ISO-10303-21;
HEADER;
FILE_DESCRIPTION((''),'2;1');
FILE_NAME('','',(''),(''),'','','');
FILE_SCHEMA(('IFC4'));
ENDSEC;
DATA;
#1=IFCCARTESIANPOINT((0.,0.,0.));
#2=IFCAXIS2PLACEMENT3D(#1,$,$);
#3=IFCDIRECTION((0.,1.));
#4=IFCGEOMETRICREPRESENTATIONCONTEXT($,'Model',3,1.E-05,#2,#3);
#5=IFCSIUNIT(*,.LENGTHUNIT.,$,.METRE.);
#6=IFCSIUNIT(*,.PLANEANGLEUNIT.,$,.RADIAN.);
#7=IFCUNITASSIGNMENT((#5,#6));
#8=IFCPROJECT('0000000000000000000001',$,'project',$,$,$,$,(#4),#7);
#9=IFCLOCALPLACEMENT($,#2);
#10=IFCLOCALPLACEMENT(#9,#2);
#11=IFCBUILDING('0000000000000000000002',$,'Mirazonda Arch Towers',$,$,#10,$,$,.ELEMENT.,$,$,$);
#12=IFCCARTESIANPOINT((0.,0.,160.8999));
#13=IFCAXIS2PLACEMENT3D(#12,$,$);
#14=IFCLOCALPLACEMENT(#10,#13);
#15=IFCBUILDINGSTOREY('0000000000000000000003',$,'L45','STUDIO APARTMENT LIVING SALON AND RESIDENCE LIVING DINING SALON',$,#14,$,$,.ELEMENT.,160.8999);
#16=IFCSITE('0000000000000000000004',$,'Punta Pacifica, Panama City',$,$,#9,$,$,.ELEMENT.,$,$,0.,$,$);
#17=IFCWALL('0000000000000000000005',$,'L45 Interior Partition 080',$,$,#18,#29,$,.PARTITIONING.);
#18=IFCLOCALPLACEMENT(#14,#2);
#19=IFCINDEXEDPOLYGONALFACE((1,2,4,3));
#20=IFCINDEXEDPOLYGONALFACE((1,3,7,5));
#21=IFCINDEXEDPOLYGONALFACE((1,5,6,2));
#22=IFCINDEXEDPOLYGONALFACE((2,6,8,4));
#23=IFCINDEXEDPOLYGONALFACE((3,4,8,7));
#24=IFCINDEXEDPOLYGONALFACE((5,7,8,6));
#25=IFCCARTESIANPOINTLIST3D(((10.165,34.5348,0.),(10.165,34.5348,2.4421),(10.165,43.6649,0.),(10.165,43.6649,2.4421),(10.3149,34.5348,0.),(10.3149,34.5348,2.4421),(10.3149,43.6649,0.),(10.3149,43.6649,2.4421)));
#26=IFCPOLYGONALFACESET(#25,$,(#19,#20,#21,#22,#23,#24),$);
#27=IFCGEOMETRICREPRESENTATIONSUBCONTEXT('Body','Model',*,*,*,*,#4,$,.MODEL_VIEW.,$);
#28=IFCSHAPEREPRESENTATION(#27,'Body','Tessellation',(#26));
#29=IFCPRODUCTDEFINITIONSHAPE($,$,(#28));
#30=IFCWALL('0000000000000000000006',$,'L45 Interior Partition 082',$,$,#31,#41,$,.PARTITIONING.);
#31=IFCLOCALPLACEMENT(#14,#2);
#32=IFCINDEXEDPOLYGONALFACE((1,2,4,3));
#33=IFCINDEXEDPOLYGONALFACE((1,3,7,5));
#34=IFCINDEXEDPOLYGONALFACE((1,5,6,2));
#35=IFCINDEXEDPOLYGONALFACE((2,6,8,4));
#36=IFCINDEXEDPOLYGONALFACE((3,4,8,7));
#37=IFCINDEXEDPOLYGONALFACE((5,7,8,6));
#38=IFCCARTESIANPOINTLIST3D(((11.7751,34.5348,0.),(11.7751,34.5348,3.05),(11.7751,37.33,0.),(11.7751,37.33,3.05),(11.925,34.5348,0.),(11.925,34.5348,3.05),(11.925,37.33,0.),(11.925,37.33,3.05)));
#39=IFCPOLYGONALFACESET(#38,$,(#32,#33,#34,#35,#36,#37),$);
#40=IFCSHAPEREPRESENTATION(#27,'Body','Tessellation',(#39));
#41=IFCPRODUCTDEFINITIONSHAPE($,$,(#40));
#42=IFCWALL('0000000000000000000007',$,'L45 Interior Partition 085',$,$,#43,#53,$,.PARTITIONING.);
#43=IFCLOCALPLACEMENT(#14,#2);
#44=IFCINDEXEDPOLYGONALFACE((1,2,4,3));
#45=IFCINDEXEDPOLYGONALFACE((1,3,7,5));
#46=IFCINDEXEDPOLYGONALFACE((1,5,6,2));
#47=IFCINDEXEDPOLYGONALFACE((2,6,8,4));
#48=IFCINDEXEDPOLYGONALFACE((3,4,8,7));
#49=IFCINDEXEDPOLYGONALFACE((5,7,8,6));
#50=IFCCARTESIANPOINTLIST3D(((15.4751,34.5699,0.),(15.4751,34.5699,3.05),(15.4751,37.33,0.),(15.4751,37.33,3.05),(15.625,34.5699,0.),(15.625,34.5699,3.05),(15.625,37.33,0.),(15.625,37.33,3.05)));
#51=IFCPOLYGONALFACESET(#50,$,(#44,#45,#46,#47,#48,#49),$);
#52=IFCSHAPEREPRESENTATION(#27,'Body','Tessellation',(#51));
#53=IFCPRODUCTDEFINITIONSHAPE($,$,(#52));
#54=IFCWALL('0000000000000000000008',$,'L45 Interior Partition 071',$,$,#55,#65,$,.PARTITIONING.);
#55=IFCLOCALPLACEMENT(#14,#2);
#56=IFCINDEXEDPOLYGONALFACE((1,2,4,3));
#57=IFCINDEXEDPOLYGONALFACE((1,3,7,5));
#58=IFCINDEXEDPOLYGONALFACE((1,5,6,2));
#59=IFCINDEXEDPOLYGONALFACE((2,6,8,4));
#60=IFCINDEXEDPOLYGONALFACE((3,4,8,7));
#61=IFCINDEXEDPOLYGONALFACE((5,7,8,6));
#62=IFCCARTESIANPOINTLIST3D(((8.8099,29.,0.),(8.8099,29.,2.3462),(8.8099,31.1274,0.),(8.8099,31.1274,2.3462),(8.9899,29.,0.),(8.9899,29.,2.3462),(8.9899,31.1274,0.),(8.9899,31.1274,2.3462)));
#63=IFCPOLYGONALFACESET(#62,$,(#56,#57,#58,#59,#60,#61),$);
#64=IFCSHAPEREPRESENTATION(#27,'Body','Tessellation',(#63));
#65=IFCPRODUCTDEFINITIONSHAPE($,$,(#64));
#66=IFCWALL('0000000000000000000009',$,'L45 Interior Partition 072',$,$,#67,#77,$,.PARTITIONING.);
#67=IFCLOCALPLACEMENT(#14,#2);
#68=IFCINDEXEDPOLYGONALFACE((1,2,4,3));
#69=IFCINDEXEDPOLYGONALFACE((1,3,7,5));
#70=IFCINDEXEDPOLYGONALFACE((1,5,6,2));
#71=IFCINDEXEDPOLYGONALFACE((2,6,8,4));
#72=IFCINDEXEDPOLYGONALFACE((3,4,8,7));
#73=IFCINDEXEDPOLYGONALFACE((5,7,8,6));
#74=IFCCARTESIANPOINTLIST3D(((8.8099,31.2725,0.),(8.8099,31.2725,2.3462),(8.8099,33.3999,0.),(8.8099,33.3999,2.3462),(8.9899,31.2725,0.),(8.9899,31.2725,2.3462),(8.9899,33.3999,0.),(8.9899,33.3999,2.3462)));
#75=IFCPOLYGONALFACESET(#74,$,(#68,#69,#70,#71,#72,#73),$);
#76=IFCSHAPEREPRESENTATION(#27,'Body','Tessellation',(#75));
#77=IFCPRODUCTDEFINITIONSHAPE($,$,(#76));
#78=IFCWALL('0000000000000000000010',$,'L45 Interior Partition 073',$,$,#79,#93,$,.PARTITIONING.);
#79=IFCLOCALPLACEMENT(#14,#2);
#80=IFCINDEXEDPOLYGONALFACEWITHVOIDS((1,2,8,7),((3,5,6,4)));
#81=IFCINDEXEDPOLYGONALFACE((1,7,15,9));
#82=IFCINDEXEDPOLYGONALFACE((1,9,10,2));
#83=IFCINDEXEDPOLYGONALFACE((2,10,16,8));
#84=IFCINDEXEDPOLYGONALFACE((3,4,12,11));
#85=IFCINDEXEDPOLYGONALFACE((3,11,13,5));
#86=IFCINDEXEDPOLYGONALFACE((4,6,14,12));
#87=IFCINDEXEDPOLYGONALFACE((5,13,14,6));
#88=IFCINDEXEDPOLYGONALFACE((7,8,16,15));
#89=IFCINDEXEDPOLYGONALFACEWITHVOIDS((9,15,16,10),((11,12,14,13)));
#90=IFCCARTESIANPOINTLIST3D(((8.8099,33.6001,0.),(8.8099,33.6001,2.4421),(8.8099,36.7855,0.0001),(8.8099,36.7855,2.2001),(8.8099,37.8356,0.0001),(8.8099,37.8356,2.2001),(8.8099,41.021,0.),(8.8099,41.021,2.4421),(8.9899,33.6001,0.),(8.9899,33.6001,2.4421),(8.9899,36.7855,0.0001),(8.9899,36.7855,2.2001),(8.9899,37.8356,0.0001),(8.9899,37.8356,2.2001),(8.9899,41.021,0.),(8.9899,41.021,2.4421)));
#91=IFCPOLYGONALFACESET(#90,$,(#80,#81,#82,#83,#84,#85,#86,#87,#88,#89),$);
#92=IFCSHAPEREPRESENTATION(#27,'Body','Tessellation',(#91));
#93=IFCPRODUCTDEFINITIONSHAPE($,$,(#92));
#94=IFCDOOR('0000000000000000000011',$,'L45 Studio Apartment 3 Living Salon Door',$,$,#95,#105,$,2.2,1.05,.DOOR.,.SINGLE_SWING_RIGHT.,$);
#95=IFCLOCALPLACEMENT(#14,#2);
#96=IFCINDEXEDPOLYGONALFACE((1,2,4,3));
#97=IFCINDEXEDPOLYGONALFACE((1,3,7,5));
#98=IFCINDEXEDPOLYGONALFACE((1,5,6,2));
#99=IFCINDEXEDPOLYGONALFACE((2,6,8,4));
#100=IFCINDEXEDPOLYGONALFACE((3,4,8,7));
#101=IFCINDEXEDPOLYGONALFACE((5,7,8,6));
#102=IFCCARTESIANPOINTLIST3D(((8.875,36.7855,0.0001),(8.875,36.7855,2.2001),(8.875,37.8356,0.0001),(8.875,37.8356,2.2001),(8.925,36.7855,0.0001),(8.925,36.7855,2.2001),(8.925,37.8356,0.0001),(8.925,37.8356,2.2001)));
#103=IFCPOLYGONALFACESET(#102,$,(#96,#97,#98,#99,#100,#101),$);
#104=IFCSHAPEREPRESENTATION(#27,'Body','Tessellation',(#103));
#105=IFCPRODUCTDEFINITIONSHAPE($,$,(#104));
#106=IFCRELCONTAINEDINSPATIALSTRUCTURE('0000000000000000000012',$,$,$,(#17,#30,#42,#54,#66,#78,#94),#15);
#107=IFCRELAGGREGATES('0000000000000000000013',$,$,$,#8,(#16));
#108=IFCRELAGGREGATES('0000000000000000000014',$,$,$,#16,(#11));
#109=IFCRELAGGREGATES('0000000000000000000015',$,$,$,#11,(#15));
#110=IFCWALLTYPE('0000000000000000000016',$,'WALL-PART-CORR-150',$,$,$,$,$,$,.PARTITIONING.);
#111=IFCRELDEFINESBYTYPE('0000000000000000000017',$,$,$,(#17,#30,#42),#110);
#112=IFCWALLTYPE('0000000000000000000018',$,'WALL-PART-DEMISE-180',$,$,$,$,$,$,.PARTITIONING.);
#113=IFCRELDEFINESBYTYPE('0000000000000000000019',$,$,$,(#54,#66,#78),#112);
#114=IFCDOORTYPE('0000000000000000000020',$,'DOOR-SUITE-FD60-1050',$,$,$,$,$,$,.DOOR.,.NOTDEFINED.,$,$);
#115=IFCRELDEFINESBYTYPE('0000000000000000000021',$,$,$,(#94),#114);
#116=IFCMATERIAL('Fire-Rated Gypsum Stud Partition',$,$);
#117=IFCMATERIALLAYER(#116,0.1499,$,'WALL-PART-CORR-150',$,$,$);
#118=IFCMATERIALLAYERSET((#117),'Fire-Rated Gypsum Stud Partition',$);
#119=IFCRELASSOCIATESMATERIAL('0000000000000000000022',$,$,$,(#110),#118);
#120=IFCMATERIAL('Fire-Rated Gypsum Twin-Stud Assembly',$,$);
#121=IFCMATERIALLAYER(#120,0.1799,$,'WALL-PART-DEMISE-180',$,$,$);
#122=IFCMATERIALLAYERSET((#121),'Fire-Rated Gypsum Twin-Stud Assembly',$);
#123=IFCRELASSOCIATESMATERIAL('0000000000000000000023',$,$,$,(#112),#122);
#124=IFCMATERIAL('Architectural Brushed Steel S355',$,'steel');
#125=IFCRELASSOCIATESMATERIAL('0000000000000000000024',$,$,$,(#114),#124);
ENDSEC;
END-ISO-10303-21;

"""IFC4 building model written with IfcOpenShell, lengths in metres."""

from ifc_helpers import new_model, si_unit, direction, frame, frame_2d, origin, place, context, subcontext, project, spatial, rectangle, extrude, material, layer, layer_set, type_object, element, fill, save


model = new_model("IFC4")

# Units and contexts
model_context = context("Model", 3, precision=1e-05, world=origin(), true_north=direction((0.0, 1.0)))
body_context = subcontext(model_context, "Body", "Model", "MODEL_VIEW")
ifc_project = project(units=[si_unit("LENGTHUNIT", "METRE"), si_unit("PLANEANGLEUNIT", "RADIAN")], contexts=[model_context])

# Site, building, storey
site_placement = place(None, origin())
site = spatial("IfcSite", under=ifc_project, at=site_placement, Name="Punta Pacifica, Panama City", CompositionType="ELEMENT", RefElevation=0.0)
building_placement = place(site_placement, origin())
building = spatial("IfcBuilding", under=site, at=building_placement, Name="Mirazonda Arch Towers", CompositionType="ELEMENT")
storey_placement = place(building_placement, frame((0.0, 0.0, 160.8999)))
storey = spatial("IfcBuildingStorey", under=building, at=storey_placement, Name="L45", Description="STUDIO APARTMENT LIVING SALON AND RESIDENCE LIVING DINING SALON", CompositionType="ELEMENT", Elevation=160.8999)

# Shared definitions
ifc_material_1 = material(Name="Architectural Brushed Steel S355", Category="steel")

# Shared definitions
ifc_material_2 = material(Name="Fire-Rated Gypsum Stud Partition")
ifc_layer_1 = layer(ifc_material_2, 0.1499, Name="WALL-PART-CORR-150")
ifc_layer_set_1 = layer_set([ifc_layer_1], Name="Fire-Rated Gypsum Stud Partition")
wall_type_1 = type_object("IfcWallType", Name="WALL-PART-CORR-150", PredefinedType="PARTITIONING", material=ifc_layer_set_1)

# Walls
wall_1_placement = place(storey_placement, frame((10.24, 34.5349, 0.0), z_axis=(0.0, 0.0, 1.0), x_axis=(0.0, 1.0, 0.0)))
element("IfcWall", 1, at=wall_1_placement, inside=storey, type_object=wall_type_1, Name="L45 Interior Partition 080", PredefinedType="PARTITIONING", context=body_context, shape_type="SweptSolid", body=[
    extrude(rectangle(XDim=9.1301, YDim=0.1499, at=frame_2d((4.5649, 0.0))), origin(), (0.0, 0.0, 1.0), 2.4421),
])
wall_2_placement = place(storey_placement, frame((11.8501, 34.5349, 0.0), z_axis=(0.0, 0.0, 1.0), x_axis=(0.0, 1.0, 0.0)))
element("IfcWall", 2, at=wall_2_placement, inside=storey, type_object=wall_type_1, Name="L45 Interior Partition 082", PredefinedType="PARTITIONING", context=body_context, shape_type="SweptSolid", body=[
    extrude(rectangle(XDim=2.7952, YDim=0.1499, at=frame_2d((1.3975, 0.0))), origin(), (0.0, 0.0, 1.0), 3.05),
])
wall_3_placement = place(storey_placement, frame((15.55, 34.5701, 0.0), z_axis=(0.0, 0.0, 1.0), x_axis=(0.0, 1.0, 0.0)))
element("IfcWall", 3, at=wall_3_placement, inside=storey, type_object=wall_type_1, Name="L45 Interior Partition 085", PredefinedType="PARTITIONING", context=body_context, shape_type="SweptSolid", body=[
    extrude(rectangle(XDim=2.76, YDim=0.1499, at=frame_2d((1.3799, 0.0))), origin(), (0.0, 0.0, 1.0), 3.05),
])
ifc_material_3 = material(Name="Fire-Rated Gypsum Twin-Stud Assembly")
ifc_layer_2 = layer(ifc_material_3, 0.1799, Name="WALL-PART-DEMISE-180")
ifc_layer_set_2 = layer_set([ifc_layer_2], Name="Fire-Rated Gypsum Twin-Stud Assembly")
wall_type_2 = type_object("IfcWallType", Name="WALL-PART-DEMISE-180", PredefinedType="PARTITIONING", material=ifc_layer_set_2)
for number, where, z_axis, x_axis, name in (
    (4, (8.8999, 29.0, 0.0), (0.0, 0.0, 1.0), (0.0, 1.0, 0.0), "L45 Interior Partition 071"),
    (5, (8.8999, 31.2725, 0.0), (0.0, 0.0, 1.0), (0.0, 1.0, 0.0), "L45 Interior Partition 072"),
):
    element("IfcWall", number, at=place(storey_placement, frame(where, z_axis=z_axis, x_axis=x_axis)), inside=storey, type_object=wall_type_2, Name=name, PredefinedType="PARTITIONING", context=body_context, shape_type="SweptSolid", body=[
        extrude(rectangle(XDim=2.1274, YDim=0.1799, at=frame_2d((1.0637, 0.0))), origin(), (0.0, 0.0, 1.0), 2.3462),
    ])

# Wall, opening, door
wall_4_placement = place(storey_placement, frame((8.8999, 33.6001, 0.0), z_axis=(0.0, 0.0, 1.0), x_axis=(0.0, 1.0, 0.0)))
wall_4 = element("IfcWall", 6, at=wall_4_placement, inside=storey, type_object=wall_type_2, Name="L45 Interior Partition 073", PredefinedType="PARTITIONING", context=body_context, shape_type="SweptSolid", body=[
    extrude(rectangle(XDim=7.4209, YDim=0.1799, at=frame_2d((3.7104, 0.0))), origin(), (0.0, 0.0, 1.0), 2.4421),
])
opening_1_placement = place(wall_4_placement, frame((3.1855, 0.0, 0.0)))
opening_1 = element("IfcOpeningElement", 7, at=opening_1_placement, cuts=wall_4, PredefinedType="OPENING", context=body_context, shape_type="SweptSolid", body=[
    extrude(rectangle(XDim=1.05, YDim=2.2, at=frame_2d((0.5249, 1.1001))), frame((0.0, 0.0999, 0.0), z_axis=(0.0, -1.0, 0.0), x_axis=(1.0, 0.0, 0.0)), (0.0, 0.0, 1.0), 0.2),
])
door_type_1 = type_object("IfcDoorType", Name="DOOR-SUITE-FD60-1050", OperationType="NOTDEFINED", PredefinedType="DOOR", material=ifc_material_1)
door_1_placement = place(opening_1_placement, origin())
door_1 = element("IfcDoor", 8, at=door_1_placement, inside=storey, type_object=door_type_1, Name="L45 Studio Apartment 3 Living Salon Door", OperationType="SINGLE_SWING_RIGHT", OverallHeight=2.2, OverallWidth=1.05, PredefinedType="DOOR", context=body_context, shape_type="SweptSolid", body=[
    extrude(rectangle(XDim=1.05, YDim=2.2, at=frame_2d((0.5249, 1.1001))), frame((0.0, 0.0249, 0.0), z_axis=(0.0, -1.0, 0.0), x_axis=(1.0, 0.0, 0.0)), (0.0, 0.0, 1.0), 0.05),
])
fill(opening_1, door_1)

save(model, "model.ifc")
